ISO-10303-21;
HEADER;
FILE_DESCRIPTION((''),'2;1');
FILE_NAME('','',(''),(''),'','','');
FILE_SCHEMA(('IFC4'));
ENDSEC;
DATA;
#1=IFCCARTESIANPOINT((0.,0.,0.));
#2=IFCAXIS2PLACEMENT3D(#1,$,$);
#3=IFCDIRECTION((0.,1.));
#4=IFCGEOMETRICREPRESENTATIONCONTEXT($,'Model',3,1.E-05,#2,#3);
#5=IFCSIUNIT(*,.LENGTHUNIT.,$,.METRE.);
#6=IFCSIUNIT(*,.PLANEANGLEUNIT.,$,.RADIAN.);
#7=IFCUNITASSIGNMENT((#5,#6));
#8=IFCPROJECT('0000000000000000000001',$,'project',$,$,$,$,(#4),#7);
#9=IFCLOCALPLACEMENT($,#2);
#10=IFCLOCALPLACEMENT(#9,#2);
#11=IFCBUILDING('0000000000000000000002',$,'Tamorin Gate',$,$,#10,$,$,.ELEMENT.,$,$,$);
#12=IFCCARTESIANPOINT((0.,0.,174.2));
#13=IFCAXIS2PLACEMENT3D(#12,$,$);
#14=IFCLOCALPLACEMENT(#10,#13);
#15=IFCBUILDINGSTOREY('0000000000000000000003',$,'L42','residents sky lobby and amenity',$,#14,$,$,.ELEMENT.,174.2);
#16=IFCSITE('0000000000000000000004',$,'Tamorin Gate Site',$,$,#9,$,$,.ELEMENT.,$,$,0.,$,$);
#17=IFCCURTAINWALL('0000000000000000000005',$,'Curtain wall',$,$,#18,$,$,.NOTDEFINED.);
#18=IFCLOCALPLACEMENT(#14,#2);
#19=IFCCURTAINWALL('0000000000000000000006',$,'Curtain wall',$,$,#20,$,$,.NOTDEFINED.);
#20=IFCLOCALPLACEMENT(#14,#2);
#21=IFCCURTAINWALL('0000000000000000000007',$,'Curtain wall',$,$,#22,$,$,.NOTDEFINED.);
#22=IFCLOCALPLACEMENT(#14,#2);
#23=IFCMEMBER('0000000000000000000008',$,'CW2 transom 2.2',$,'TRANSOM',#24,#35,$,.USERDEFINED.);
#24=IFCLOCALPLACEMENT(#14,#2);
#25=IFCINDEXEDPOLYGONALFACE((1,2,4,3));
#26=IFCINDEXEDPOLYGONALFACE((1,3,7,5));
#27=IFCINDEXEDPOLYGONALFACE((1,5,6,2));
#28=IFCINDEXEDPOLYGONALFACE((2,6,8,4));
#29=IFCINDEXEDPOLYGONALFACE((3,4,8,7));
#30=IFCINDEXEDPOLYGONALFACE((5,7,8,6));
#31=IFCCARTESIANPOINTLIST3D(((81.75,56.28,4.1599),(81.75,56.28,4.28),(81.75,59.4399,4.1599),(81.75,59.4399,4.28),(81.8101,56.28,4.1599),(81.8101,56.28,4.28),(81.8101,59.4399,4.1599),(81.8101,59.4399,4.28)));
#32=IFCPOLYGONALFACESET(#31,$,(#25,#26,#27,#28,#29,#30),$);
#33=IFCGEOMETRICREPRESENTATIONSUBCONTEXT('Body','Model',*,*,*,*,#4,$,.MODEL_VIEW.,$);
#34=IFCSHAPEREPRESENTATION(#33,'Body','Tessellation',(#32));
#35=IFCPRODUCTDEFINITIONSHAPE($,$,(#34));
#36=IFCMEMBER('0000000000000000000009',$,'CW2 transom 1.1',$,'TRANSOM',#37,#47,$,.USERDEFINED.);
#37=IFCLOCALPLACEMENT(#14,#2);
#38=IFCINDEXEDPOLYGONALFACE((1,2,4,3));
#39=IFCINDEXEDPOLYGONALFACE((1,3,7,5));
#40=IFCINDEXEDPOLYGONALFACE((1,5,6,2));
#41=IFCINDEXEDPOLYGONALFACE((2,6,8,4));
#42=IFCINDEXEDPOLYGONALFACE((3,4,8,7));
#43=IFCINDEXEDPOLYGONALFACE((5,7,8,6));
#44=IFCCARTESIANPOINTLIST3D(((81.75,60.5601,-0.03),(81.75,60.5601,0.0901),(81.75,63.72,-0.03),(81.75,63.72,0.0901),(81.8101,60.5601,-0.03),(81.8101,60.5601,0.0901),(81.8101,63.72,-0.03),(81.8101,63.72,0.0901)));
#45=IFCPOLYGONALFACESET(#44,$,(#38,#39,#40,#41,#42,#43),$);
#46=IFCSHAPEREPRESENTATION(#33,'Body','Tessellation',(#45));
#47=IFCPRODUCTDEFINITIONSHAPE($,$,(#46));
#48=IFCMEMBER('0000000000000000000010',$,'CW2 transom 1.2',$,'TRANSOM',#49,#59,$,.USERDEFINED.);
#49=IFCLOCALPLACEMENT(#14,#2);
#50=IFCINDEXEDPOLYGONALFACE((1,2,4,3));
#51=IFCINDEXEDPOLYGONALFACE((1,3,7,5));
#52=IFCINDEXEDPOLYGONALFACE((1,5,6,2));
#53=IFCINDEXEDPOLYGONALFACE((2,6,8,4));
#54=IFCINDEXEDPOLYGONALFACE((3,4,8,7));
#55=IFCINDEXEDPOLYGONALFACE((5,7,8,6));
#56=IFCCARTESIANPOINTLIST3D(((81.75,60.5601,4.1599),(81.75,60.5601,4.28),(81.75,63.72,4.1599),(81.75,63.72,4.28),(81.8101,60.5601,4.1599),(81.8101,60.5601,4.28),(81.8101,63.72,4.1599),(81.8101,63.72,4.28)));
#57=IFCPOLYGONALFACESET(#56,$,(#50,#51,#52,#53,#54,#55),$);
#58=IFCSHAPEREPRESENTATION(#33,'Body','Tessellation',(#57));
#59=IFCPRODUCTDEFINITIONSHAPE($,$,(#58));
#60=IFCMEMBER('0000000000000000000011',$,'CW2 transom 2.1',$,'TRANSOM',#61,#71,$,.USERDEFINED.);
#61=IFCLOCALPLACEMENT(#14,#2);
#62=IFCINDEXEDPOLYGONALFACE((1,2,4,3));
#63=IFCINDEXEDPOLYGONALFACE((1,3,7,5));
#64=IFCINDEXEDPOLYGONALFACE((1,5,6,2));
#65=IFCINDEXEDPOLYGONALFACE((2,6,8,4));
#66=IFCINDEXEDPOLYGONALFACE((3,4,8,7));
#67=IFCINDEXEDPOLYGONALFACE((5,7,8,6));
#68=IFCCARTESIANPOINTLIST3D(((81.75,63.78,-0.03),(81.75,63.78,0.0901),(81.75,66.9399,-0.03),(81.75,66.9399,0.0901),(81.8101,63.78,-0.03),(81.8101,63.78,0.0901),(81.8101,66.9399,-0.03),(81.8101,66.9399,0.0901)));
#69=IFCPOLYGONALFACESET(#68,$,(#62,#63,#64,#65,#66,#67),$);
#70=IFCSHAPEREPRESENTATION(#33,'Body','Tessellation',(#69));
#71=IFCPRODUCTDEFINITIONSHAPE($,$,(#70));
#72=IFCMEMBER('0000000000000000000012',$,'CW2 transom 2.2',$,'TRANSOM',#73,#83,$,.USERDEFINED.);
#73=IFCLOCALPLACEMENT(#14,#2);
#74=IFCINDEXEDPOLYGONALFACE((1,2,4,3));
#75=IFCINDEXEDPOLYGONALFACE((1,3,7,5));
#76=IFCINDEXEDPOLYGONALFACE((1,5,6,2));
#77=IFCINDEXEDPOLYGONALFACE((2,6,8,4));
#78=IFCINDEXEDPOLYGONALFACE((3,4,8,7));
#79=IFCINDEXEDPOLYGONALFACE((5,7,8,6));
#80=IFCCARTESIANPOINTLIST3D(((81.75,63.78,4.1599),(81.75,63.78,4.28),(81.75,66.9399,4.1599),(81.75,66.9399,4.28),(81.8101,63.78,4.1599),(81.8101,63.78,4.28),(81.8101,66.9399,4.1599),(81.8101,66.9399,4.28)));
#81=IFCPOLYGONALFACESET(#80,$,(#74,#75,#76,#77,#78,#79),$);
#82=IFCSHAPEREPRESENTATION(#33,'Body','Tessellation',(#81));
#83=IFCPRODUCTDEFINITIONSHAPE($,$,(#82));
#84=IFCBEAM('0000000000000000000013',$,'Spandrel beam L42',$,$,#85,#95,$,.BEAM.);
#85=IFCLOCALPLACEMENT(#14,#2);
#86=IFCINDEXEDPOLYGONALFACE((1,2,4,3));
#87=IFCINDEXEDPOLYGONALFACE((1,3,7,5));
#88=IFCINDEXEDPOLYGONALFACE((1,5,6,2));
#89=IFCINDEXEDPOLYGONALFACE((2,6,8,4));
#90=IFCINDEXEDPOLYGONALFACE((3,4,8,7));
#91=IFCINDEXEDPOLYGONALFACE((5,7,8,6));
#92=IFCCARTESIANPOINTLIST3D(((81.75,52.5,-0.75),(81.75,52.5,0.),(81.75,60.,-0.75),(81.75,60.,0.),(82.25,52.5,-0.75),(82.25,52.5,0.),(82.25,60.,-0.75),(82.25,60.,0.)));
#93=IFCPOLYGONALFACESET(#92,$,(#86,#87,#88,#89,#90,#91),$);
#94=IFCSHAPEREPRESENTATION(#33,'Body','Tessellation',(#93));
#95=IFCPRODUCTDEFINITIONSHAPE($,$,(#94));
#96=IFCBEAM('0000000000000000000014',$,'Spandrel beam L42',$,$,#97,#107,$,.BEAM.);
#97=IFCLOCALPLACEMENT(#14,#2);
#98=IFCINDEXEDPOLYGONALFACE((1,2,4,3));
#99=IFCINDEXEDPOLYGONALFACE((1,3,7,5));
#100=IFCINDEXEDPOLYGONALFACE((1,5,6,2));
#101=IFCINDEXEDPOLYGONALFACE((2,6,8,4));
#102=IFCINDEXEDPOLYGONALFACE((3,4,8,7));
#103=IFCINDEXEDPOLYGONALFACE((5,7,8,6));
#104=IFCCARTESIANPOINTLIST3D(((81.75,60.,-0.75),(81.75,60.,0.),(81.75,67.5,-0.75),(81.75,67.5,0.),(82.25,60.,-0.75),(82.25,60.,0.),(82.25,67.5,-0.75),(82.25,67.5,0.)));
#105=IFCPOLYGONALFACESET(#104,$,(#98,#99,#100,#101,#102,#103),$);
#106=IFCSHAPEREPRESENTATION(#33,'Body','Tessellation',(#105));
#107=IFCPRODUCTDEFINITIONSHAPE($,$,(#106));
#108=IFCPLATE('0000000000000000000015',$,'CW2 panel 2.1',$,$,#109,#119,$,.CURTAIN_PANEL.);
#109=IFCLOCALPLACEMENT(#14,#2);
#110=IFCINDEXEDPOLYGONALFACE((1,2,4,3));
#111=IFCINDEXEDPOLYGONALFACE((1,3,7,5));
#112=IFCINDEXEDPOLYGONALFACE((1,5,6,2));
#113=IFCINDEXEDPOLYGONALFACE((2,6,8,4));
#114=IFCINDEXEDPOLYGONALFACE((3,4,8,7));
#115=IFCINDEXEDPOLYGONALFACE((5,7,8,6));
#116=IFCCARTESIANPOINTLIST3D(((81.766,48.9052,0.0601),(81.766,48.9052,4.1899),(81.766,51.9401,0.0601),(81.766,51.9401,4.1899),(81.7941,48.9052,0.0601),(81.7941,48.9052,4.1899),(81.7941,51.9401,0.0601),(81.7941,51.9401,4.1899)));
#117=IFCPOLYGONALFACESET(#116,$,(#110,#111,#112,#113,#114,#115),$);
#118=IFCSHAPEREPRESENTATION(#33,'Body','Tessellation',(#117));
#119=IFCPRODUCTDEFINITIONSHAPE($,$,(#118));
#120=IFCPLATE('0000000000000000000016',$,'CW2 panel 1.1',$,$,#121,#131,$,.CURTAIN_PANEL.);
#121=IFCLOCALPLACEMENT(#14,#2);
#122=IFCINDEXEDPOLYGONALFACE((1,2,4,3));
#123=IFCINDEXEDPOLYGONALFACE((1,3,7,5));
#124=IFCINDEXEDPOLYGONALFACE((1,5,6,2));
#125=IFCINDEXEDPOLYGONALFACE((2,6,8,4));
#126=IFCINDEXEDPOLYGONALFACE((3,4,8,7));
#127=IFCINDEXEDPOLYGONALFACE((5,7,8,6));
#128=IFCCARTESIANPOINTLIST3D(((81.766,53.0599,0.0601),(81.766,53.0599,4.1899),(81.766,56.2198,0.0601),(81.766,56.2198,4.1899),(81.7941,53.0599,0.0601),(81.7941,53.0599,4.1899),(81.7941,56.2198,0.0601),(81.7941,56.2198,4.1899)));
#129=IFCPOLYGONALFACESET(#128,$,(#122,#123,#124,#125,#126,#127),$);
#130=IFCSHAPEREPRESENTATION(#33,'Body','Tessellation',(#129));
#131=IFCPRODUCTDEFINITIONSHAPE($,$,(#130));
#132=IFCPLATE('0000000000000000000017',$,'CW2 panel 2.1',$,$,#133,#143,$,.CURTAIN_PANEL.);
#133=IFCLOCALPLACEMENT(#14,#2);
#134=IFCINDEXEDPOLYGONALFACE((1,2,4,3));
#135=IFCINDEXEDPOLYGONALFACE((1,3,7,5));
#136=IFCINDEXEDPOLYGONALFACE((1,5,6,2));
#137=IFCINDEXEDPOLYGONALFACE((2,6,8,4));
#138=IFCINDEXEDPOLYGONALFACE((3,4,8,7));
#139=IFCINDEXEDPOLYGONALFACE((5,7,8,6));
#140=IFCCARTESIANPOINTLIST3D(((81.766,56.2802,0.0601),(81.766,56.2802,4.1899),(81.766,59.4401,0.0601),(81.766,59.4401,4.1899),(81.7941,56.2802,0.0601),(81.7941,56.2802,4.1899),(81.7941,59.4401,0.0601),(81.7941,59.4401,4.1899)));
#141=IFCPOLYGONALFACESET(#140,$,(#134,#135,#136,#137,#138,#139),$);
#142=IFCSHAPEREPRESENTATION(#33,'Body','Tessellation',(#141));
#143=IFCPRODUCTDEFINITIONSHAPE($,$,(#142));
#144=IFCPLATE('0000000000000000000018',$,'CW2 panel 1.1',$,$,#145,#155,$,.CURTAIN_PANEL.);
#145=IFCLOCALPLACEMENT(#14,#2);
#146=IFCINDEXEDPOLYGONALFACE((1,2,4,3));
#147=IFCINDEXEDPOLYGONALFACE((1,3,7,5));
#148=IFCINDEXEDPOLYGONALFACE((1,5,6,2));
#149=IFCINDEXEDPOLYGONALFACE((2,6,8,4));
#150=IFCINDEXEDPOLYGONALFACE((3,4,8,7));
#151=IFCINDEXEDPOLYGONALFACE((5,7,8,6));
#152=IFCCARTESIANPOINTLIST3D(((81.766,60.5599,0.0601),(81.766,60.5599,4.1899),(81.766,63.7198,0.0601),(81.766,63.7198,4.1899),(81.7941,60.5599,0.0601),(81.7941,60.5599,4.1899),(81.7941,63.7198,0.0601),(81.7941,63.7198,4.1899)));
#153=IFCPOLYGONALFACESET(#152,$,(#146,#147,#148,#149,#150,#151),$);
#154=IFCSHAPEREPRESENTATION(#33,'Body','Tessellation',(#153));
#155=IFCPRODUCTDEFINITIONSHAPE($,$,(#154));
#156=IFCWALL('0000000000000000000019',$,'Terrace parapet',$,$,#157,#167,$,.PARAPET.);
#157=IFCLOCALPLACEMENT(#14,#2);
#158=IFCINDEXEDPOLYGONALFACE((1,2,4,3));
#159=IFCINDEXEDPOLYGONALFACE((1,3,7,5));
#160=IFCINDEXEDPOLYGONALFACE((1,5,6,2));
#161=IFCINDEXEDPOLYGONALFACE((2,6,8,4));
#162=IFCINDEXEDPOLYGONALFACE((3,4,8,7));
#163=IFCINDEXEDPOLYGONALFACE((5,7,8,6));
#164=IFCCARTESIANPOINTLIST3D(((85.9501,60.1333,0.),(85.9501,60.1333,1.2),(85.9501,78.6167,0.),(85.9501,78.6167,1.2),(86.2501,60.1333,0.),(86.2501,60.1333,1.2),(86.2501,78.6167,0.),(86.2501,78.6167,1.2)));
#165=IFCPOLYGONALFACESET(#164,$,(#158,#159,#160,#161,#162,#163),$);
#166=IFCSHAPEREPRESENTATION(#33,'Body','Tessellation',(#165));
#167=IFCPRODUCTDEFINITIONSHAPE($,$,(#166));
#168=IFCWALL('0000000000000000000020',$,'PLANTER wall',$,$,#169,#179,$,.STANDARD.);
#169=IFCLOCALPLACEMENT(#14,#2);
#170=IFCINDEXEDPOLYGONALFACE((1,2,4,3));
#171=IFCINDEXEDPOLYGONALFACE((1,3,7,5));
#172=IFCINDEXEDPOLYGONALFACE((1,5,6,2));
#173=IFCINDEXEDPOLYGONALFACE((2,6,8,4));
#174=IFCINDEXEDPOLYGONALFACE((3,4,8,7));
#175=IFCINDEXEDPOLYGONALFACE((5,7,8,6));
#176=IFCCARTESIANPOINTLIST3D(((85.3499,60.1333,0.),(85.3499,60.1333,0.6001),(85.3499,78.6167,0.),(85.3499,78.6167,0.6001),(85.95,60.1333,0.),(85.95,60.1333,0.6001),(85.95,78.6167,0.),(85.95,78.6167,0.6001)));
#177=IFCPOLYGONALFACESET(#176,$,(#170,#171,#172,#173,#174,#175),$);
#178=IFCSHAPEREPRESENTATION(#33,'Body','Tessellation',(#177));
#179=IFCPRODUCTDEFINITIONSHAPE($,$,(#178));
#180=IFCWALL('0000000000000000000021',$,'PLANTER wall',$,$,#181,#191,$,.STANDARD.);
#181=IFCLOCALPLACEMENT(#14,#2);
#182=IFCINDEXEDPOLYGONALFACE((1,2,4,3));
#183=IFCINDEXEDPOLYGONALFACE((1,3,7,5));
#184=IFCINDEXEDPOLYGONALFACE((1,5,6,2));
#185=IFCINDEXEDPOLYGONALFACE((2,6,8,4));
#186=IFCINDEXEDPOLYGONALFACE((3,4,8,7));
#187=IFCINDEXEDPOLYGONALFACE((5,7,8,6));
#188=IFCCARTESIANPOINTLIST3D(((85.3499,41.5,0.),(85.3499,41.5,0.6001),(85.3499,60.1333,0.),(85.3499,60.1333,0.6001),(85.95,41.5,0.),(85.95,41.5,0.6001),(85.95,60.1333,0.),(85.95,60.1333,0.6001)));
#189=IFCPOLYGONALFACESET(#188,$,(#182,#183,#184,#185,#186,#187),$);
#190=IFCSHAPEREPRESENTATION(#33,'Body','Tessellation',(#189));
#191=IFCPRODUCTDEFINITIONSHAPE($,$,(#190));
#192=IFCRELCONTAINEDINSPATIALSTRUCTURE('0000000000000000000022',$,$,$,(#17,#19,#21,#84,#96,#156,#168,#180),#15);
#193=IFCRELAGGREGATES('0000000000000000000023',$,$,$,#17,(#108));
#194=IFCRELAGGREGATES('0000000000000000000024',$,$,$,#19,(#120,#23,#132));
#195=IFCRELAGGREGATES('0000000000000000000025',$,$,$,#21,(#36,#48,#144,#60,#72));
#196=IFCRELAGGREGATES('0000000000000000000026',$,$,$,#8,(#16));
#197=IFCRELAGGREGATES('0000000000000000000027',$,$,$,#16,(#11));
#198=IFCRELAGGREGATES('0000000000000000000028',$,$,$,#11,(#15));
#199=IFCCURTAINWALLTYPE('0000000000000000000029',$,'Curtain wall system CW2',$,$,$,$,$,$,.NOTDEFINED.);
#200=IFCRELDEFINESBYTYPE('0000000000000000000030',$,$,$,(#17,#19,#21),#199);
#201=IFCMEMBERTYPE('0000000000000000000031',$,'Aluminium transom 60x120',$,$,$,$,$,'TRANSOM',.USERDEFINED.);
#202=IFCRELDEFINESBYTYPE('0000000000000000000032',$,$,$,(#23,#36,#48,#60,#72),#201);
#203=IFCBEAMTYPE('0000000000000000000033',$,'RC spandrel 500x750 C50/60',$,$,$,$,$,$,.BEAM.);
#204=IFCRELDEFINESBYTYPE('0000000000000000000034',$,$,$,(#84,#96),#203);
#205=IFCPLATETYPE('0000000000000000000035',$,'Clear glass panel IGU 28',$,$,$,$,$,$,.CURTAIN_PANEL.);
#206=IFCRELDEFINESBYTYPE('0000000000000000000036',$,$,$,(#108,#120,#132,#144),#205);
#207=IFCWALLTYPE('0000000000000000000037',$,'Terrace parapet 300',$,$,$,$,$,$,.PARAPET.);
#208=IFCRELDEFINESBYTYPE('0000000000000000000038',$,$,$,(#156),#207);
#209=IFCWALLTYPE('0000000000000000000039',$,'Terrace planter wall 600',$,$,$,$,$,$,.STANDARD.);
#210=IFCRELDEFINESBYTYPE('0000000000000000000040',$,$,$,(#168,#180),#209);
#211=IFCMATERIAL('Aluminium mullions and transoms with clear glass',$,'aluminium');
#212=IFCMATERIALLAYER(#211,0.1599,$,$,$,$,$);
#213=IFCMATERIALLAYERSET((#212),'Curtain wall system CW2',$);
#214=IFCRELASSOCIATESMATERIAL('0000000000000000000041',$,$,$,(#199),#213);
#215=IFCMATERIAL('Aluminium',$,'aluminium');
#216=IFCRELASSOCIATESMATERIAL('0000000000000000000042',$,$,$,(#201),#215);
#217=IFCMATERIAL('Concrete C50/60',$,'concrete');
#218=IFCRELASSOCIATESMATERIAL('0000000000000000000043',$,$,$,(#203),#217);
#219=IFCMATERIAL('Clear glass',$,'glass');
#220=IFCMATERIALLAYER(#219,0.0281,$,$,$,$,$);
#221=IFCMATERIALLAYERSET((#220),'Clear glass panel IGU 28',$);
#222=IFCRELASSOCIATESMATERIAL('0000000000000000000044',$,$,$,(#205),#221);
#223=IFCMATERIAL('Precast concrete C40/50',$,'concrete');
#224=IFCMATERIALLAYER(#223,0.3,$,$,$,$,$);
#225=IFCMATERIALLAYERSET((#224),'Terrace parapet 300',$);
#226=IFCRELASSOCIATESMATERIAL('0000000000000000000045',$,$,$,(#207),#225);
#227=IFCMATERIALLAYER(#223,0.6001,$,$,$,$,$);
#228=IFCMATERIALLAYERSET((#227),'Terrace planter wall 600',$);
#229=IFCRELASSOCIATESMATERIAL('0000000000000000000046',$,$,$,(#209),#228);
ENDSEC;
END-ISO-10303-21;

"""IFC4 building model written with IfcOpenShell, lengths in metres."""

from ifc_helpers import new_model, si_unit, direction, frame, frame_2d, origin, origin_2d, place, context, subcontext, project, spatial, rectangle, extrude, material, layer, layer_set, material_profile, profile_set, type_object, element, aggregate, save


model = new_model("IFC4")

# Units and contexts
model_context = context("Model", 3, precision=1e-05, world=origin(), true_north=direction((0.0, 1.0)))
body_context = subcontext(model_context, "Body", "Model", "MODEL_VIEW")
ifc_project = project(units=[si_unit("LENGTHUNIT", "METRE"), si_unit("PLANEANGLEUNIT", "RADIAN")], contexts=[model_context])

# Site, building, storey
site_placement = place(None, origin())
site = spatial("IfcSite", under=ifc_project, at=site_placement, Name="Tamorin Gate Site", CompositionType="ELEMENT", RefElevation=0.0)
building_placement = place(site_placement, origin())
building = spatial("IfcBuilding", under=site, at=building_placement, Name="Tamorin Gate", CompositionType="ELEMENT")
storey_placement = place(building_placement, frame((0.0, 0.0, 174.2)))
storey = spatial("IfcBuildingStorey", under=building, at=storey_placement, Name="L42", Description="residents sky lobby and amenity", CompositionType="ELEMENT", Elevation=174.2)

# Curtain wall
ifc_material_1 = material(Name="Aluminium mullions and transoms with clear glass", Category="aluminium")
ifc_layer_1 = layer(ifc_material_1, 0.1599)
ifc_layer_set_1 = layer_set([ifc_layer_1], Name="Curtain wall system CW2")
curtain_wall_type = type_object("IfcCurtainWallType", Name="Curtain wall system CW2", PredefinedType="NOTDEFINED", material=ifc_layer_set_1)
curtain_wall_1_placement = place(storey_placement, origin())
curtain_wall_1 = element("IfcCurtainWall", 1, at=curtain_wall_1_placement, inside=storey, type_object=curtain_wall_type, Name="Curtain wall", PredefinedType="NOTDEFINED")
ifc_material_2 = material(Name="Aluminium", Category="aluminium")

# Curtain walls
curtain_wall_2_placement = place(storey_placement, origin())
curtain_wall_2 = element("IfcCurtainWall", 2, at=curtain_wall_2_placement, inside=storey, type_object=curtain_wall_type, Name="Curtain wall", PredefinedType="NOTDEFINED")
curtain_wall_3_placement = place(storey_placement, origin())
curtain_wall_3 = element("IfcCurtainWall", 3, at=curtain_wall_3_placement, inside=storey, type_object=curtain_wall_type, Name="Curtain wall", PredefinedType="NOTDEFINED")

# Members
ifc_material_profile_1 = material_profile(ifc_material_2, rectangle(XDim=0.0601, YDim=0.1201, at=origin_2d()), Name="RECT 60x120")
ifc_profile_set_1 = profile_set([ifc_material_profile_1], Name="Aluminium")
member_type_1 = type_object("IfcMemberType", Name="Aluminium transom 60x120", ElementType="TRANSOM", PredefinedType="USERDEFINED", material=ifc_profile_set_1)
member_1_placement = place(storey_placement, frame((81.78, 56.28, 4.22), z_axis=(0.0, 1.0, 0.0), x_axis=(-1.0, 0.0, 0.0)))
member_1 = element("IfcMember", 4, at=member_1_placement, type_object=member_type_1, Name="CW2 transom 2.2", ObjectType="TRANSOM", PredefinedType="USERDEFINED", context=body_context, shape_type="SweptSolid", body=[
    extrude(rectangle(XDim=0.0601, YDim=0.1201, at=origin_2d()), origin(), (0.0, 0.0, 1.0), 3.1599),
])
member_2_placement = place(storey_placement, frame((81.78, 60.5601, 0.03), z_axis=(0.0, 1.0, 0.0), x_axis=(-1.0, 0.0, 0.0)))
member_2 = element("IfcMember", 5, at=member_2_placement, type_object=member_type_1, Name="CW2 transom 1.1", ObjectType="TRANSOM", PredefinedType="USERDEFINED", context=body_context, shape_type="SweptSolid", body=[
    extrude(rectangle(XDim=0.0601, YDim=0.1201, at=origin_2d()), origin(), (0.0, 0.0, 1.0), 3.1599),
])
member_3_placement = place(storey_placement, frame((81.78, 60.5601, 4.22), z_axis=(0.0, 1.0, 0.0), x_axis=(-1.0, 0.0, 0.0)))
member_3 = element("IfcMember", 6, at=member_3_placement, type_object=member_type_1, Name="CW2 transom 1.2", ObjectType="TRANSOM", PredefinedType="USERDEFINED", context=body_context, shape_type="SweptSolid", body=[
    extrude(rectangle(XDim=0.0601, YDim=0.1201, at=origin_2d()), origin(), (0.0, 0.0, 1.0), 3.1599),
])
member_4_placement = place(storey_placement, frame((81.78, 63.78, 0.03), z_axis=(0.0, 1.0, 0.0), x_axis=(-1.0, 0.0, 0.0)))
member_4 = element("IfcMember", 7, at=member_4_placement, type_object=member_type_1, Name="CW2 transom 2.1", ObjectType="TRANSOM", PredefinedType="USERDEFINED", context=body_context, shape_type="SweptSolid", body=[
    extrude(rectangle(XDim=0.0601, YDim=0.1201, at=origin_2d()), origin(), (0.0, 0.0, 1.0), 3.1599),
])
member_5_placement = place(storey_placement, frame((81.78, 63.78, 4.22), z_axis=(0.0, 1.0, 0.0), x_axis=(-1.0, 0.0, 0.0)))
member_5 = element("IfcMember", 8, at=member_5_placement, type_object=member_type_1, Name="CW2 transom 2.2", ObjectType="TRANSOM", PredefinedType="USERDEFINED", context=body_context, shape_type="SweptSolid", body=[
    extrude(rectangle(XDim=0.0601, YDim=0.1201, at=origin_2d()), origin(), (0.0, 0.0, 1.0), 3.1599),
])

# Beams
ifc_material_3 = material(Name="Concrete C50/60", Category="concrete")
ifc_material_profile_2 = material_profile(ifc_material_3, rectangle(XDim=0.5, YDim=0.75, at=origin_2d()), Name="RC 500x750")
ifc_profile_set_2 = profile_set([ifc_material_profile_2], Name="Concrete C50/60")
beam_type = type_object("IfcBeamType", Name="RC spandrel 500x750 C50/60", PredefinedType="BEAM", material=ifc_profile_set_2)
for number, where, z_axis, x_axis, name in (
    (9, (82.0, 52.5, -0.375), (0.0, 1.0, 0.0), (-1.0, 0.0, 0.0), "Spandrel beam L42"),
    (10, (82.0, 60.0, -0.375), (0.0, 1.0, 0.0), (-1.0, 0.0, 0.0), "Spandrel beam L42"),
):
    element("IfcBeam", number, at=place(storey_placement, frame(where, z_axis=z_axis, x_axis=x_axis)), inside=storey, type_object=beam_type, Name=name, PredefinedType="BEAM", context=body_context, shape_type="SweptSolid", body=[
        extrude(rectangle(XDim=0.5, YDim=0.75, at=origin_2d()), origin(), (0.0, 0.0, 1.0), 7.5),
    ])

# Plates
ifc_material_4 = material(Name="Clear glass", Category="glass")
ifc_layer_2 = layer(ifc_material_4, 0.0281)
ifc_layer_set_2 = layer_set([ifc_layer_2], Name="Clear glass panel IGU 28")
plate_type = type_object("IfcPlateType", Name="Clear glass panel IGU 28", PredefinedType="CURTAIN_PANEL", material=ifc_layer_set_2)
plate_1_placement = place(storey_placement, frame((81.78, 50.4226, 0.0601), z_axis=(0.0, 0.0, 1.0), x_axis=(0.0, 1.0, 0.0)))
plate_1 = element("IfcPlate", 11, at=plate_1_placement, type_object=plate_type, Name="CW2 panel 2.1", PredefinedType="CURTAIN_PANEL", context=body_context, shape_type="SweptSolid", body=[
    extrude(rectangle(XDim=3.0349, YDim=0.0281, at=origin_2d()), origin(), (0.0, 0.0, 1.0), 4.1299),
])
aggregate(curtain_wall_1, [plate_1])
plate_2_placement = place(storey_placement, frame((81.78, 54.6399, 0.0601), z_axis=(0.0, 0.0, 1.0), x_axis=(0.0, 1.0, 0.0)))
plate_2 = element("IfcPlate", 12, at=plate_2_placement, type_object=plate_type, Name="CW2 panel 1.1", PredefinedType="CURTAIN_PANEL", context=body_context, shape_type="SweptSolid", body=[
    extrude(rectangle(XDim=3.1599, YDim=0.0281, at=origin_2d()), origin(), (0.0, 0.0, 1.0), 4.1299),
])
plate_3_placement = place(storey_placement, frame((81.78, 57.8601, 0.0601), z_axis=(0.0, 0.0, 1.0), x_axis=(0.0, 1.0, 0.0)))
plate_3 = element("IfcPlate", 13, at=plate_3_placement, type_object=plate_type, Name="CW2 panel 2.1", PredefinedType="CURTAIN_PANEL", context=body_context, shape_type="SweptSolid", body=[
    extrude(rectangle(XDim=3.1599, YDim=0.0281, at=origin_2d()), origin(), (0.0, 0.0, 1.0), 4.1299),
])
aggregate(curtain_wall_2, [plate_2, member_1, plate_3])
plate_4_placement = place(storey_placement, frame((81.78, 62.1399, 0.0601), z_axis=(0.0, 0.0, 1.0), x_axis=(0.0, 1.0, 0.0)))
plate_4 = element("IfcPlate", 14, at=plate_4_placement, type_object=plate_type, Name="CW2 panel 1.1", PredefinedType="CURTAIN_PANEL", context=body_context, shape_type="SweptSolid", body=[
    extrude(rectangle(XDim=3.1599, YDim=0.0281, at=origin_2d()), origin(), (0.0, 0.0, 1.0), 4.1299),
])
aggregate(curtain_wall_3, [member_2, member_3, plate_4, member_4, member_5])

# Walls
ifc_material_5 = material(Name="Precast concrete C40/50", Category="concrete")
ifc_layer_3 = layer(ifc_material_5, 0.3)
ifc_layer_set_3 = layer_set([ifc_layer_3], Name="Terrace parapet 300")
wall_type_1 = type_object("IfcWallType", Name="Terrace parapet 300", PredefinedType="PARAPET", material=ifc_layer_set_3)
wall_1_placement = place(storey_placement, frame((86.1001, 60.1333, 0.0), z_axis=(0.0, 0.0, 1.0), x_axis=(0.0, 1.0, 0.0)))
element("IfcWall", 15, at=wall_1_placement, inside=storey, type_object=wall_type_1, Name="Terrace parapet", PredefinedType="PARAPET", context=body_context, shape_type="SweptSolid", body=[
    extrude(rectangle(XDim=18.4834, YDim=0.3, at=frame_2d((9.2417, 0.0))), origin(), (0.0, 0.0, 1.0), 1.2),
])
ifc_layer_4 = layer(ifc_material_5, 0.6001)
ifc_layer_set_4 = layer_set([ifc_layer_4], Name="Terrace planter wall 600")
wall_type_2 = type_object("IfcWallType", Name="Terrace planter wall 600", PredefinedType="STANDARD", material=ifc_layer_set_4)
wall_2_placement = place(storey_placement, frame((85.6499, 60.1333, 0.0), z_axis=(0.0, 0.0, 1.0), x_axis=(0.0, 1.0, 0.0)))
element("IfcWall", 16, at=wall_2_placement, inside=storey, type_object=wall_type_2, Name="PLANTER wall", PredefinedType="STANDARD", context=body_context, shape_type="SweptSolid", body=[
    extrude(rectangle(XDim=18.4834, YDim=0.6001, at=frame_2d((9.2417, 0.0))), origin(), (0.0, 0.0, 1.0), 0.6001),
])
wall_3_placement = place(storey_placement, frame((85.6499, 60.1333, 0.0), z_axis=(0.0, 0.0, 1.0), x_axis=(0.0, -1.0, 0.0)))
element("IfcWall", 17, at=wall_3_placement, inside=storey, type_object=wall_type_2, Name="PLANTER wall", PredefinedType="STANDARD", context=body_context, shape_type="SweptSolid", body=[
    extrude(rectangle(XDim=18.6333, YDim=0.6001, at=frame_2d((9.3167, 0.0))), origin(), (0.0, 0.0, 1.0), 0.6001),
])

save(model, "model.ifc")
